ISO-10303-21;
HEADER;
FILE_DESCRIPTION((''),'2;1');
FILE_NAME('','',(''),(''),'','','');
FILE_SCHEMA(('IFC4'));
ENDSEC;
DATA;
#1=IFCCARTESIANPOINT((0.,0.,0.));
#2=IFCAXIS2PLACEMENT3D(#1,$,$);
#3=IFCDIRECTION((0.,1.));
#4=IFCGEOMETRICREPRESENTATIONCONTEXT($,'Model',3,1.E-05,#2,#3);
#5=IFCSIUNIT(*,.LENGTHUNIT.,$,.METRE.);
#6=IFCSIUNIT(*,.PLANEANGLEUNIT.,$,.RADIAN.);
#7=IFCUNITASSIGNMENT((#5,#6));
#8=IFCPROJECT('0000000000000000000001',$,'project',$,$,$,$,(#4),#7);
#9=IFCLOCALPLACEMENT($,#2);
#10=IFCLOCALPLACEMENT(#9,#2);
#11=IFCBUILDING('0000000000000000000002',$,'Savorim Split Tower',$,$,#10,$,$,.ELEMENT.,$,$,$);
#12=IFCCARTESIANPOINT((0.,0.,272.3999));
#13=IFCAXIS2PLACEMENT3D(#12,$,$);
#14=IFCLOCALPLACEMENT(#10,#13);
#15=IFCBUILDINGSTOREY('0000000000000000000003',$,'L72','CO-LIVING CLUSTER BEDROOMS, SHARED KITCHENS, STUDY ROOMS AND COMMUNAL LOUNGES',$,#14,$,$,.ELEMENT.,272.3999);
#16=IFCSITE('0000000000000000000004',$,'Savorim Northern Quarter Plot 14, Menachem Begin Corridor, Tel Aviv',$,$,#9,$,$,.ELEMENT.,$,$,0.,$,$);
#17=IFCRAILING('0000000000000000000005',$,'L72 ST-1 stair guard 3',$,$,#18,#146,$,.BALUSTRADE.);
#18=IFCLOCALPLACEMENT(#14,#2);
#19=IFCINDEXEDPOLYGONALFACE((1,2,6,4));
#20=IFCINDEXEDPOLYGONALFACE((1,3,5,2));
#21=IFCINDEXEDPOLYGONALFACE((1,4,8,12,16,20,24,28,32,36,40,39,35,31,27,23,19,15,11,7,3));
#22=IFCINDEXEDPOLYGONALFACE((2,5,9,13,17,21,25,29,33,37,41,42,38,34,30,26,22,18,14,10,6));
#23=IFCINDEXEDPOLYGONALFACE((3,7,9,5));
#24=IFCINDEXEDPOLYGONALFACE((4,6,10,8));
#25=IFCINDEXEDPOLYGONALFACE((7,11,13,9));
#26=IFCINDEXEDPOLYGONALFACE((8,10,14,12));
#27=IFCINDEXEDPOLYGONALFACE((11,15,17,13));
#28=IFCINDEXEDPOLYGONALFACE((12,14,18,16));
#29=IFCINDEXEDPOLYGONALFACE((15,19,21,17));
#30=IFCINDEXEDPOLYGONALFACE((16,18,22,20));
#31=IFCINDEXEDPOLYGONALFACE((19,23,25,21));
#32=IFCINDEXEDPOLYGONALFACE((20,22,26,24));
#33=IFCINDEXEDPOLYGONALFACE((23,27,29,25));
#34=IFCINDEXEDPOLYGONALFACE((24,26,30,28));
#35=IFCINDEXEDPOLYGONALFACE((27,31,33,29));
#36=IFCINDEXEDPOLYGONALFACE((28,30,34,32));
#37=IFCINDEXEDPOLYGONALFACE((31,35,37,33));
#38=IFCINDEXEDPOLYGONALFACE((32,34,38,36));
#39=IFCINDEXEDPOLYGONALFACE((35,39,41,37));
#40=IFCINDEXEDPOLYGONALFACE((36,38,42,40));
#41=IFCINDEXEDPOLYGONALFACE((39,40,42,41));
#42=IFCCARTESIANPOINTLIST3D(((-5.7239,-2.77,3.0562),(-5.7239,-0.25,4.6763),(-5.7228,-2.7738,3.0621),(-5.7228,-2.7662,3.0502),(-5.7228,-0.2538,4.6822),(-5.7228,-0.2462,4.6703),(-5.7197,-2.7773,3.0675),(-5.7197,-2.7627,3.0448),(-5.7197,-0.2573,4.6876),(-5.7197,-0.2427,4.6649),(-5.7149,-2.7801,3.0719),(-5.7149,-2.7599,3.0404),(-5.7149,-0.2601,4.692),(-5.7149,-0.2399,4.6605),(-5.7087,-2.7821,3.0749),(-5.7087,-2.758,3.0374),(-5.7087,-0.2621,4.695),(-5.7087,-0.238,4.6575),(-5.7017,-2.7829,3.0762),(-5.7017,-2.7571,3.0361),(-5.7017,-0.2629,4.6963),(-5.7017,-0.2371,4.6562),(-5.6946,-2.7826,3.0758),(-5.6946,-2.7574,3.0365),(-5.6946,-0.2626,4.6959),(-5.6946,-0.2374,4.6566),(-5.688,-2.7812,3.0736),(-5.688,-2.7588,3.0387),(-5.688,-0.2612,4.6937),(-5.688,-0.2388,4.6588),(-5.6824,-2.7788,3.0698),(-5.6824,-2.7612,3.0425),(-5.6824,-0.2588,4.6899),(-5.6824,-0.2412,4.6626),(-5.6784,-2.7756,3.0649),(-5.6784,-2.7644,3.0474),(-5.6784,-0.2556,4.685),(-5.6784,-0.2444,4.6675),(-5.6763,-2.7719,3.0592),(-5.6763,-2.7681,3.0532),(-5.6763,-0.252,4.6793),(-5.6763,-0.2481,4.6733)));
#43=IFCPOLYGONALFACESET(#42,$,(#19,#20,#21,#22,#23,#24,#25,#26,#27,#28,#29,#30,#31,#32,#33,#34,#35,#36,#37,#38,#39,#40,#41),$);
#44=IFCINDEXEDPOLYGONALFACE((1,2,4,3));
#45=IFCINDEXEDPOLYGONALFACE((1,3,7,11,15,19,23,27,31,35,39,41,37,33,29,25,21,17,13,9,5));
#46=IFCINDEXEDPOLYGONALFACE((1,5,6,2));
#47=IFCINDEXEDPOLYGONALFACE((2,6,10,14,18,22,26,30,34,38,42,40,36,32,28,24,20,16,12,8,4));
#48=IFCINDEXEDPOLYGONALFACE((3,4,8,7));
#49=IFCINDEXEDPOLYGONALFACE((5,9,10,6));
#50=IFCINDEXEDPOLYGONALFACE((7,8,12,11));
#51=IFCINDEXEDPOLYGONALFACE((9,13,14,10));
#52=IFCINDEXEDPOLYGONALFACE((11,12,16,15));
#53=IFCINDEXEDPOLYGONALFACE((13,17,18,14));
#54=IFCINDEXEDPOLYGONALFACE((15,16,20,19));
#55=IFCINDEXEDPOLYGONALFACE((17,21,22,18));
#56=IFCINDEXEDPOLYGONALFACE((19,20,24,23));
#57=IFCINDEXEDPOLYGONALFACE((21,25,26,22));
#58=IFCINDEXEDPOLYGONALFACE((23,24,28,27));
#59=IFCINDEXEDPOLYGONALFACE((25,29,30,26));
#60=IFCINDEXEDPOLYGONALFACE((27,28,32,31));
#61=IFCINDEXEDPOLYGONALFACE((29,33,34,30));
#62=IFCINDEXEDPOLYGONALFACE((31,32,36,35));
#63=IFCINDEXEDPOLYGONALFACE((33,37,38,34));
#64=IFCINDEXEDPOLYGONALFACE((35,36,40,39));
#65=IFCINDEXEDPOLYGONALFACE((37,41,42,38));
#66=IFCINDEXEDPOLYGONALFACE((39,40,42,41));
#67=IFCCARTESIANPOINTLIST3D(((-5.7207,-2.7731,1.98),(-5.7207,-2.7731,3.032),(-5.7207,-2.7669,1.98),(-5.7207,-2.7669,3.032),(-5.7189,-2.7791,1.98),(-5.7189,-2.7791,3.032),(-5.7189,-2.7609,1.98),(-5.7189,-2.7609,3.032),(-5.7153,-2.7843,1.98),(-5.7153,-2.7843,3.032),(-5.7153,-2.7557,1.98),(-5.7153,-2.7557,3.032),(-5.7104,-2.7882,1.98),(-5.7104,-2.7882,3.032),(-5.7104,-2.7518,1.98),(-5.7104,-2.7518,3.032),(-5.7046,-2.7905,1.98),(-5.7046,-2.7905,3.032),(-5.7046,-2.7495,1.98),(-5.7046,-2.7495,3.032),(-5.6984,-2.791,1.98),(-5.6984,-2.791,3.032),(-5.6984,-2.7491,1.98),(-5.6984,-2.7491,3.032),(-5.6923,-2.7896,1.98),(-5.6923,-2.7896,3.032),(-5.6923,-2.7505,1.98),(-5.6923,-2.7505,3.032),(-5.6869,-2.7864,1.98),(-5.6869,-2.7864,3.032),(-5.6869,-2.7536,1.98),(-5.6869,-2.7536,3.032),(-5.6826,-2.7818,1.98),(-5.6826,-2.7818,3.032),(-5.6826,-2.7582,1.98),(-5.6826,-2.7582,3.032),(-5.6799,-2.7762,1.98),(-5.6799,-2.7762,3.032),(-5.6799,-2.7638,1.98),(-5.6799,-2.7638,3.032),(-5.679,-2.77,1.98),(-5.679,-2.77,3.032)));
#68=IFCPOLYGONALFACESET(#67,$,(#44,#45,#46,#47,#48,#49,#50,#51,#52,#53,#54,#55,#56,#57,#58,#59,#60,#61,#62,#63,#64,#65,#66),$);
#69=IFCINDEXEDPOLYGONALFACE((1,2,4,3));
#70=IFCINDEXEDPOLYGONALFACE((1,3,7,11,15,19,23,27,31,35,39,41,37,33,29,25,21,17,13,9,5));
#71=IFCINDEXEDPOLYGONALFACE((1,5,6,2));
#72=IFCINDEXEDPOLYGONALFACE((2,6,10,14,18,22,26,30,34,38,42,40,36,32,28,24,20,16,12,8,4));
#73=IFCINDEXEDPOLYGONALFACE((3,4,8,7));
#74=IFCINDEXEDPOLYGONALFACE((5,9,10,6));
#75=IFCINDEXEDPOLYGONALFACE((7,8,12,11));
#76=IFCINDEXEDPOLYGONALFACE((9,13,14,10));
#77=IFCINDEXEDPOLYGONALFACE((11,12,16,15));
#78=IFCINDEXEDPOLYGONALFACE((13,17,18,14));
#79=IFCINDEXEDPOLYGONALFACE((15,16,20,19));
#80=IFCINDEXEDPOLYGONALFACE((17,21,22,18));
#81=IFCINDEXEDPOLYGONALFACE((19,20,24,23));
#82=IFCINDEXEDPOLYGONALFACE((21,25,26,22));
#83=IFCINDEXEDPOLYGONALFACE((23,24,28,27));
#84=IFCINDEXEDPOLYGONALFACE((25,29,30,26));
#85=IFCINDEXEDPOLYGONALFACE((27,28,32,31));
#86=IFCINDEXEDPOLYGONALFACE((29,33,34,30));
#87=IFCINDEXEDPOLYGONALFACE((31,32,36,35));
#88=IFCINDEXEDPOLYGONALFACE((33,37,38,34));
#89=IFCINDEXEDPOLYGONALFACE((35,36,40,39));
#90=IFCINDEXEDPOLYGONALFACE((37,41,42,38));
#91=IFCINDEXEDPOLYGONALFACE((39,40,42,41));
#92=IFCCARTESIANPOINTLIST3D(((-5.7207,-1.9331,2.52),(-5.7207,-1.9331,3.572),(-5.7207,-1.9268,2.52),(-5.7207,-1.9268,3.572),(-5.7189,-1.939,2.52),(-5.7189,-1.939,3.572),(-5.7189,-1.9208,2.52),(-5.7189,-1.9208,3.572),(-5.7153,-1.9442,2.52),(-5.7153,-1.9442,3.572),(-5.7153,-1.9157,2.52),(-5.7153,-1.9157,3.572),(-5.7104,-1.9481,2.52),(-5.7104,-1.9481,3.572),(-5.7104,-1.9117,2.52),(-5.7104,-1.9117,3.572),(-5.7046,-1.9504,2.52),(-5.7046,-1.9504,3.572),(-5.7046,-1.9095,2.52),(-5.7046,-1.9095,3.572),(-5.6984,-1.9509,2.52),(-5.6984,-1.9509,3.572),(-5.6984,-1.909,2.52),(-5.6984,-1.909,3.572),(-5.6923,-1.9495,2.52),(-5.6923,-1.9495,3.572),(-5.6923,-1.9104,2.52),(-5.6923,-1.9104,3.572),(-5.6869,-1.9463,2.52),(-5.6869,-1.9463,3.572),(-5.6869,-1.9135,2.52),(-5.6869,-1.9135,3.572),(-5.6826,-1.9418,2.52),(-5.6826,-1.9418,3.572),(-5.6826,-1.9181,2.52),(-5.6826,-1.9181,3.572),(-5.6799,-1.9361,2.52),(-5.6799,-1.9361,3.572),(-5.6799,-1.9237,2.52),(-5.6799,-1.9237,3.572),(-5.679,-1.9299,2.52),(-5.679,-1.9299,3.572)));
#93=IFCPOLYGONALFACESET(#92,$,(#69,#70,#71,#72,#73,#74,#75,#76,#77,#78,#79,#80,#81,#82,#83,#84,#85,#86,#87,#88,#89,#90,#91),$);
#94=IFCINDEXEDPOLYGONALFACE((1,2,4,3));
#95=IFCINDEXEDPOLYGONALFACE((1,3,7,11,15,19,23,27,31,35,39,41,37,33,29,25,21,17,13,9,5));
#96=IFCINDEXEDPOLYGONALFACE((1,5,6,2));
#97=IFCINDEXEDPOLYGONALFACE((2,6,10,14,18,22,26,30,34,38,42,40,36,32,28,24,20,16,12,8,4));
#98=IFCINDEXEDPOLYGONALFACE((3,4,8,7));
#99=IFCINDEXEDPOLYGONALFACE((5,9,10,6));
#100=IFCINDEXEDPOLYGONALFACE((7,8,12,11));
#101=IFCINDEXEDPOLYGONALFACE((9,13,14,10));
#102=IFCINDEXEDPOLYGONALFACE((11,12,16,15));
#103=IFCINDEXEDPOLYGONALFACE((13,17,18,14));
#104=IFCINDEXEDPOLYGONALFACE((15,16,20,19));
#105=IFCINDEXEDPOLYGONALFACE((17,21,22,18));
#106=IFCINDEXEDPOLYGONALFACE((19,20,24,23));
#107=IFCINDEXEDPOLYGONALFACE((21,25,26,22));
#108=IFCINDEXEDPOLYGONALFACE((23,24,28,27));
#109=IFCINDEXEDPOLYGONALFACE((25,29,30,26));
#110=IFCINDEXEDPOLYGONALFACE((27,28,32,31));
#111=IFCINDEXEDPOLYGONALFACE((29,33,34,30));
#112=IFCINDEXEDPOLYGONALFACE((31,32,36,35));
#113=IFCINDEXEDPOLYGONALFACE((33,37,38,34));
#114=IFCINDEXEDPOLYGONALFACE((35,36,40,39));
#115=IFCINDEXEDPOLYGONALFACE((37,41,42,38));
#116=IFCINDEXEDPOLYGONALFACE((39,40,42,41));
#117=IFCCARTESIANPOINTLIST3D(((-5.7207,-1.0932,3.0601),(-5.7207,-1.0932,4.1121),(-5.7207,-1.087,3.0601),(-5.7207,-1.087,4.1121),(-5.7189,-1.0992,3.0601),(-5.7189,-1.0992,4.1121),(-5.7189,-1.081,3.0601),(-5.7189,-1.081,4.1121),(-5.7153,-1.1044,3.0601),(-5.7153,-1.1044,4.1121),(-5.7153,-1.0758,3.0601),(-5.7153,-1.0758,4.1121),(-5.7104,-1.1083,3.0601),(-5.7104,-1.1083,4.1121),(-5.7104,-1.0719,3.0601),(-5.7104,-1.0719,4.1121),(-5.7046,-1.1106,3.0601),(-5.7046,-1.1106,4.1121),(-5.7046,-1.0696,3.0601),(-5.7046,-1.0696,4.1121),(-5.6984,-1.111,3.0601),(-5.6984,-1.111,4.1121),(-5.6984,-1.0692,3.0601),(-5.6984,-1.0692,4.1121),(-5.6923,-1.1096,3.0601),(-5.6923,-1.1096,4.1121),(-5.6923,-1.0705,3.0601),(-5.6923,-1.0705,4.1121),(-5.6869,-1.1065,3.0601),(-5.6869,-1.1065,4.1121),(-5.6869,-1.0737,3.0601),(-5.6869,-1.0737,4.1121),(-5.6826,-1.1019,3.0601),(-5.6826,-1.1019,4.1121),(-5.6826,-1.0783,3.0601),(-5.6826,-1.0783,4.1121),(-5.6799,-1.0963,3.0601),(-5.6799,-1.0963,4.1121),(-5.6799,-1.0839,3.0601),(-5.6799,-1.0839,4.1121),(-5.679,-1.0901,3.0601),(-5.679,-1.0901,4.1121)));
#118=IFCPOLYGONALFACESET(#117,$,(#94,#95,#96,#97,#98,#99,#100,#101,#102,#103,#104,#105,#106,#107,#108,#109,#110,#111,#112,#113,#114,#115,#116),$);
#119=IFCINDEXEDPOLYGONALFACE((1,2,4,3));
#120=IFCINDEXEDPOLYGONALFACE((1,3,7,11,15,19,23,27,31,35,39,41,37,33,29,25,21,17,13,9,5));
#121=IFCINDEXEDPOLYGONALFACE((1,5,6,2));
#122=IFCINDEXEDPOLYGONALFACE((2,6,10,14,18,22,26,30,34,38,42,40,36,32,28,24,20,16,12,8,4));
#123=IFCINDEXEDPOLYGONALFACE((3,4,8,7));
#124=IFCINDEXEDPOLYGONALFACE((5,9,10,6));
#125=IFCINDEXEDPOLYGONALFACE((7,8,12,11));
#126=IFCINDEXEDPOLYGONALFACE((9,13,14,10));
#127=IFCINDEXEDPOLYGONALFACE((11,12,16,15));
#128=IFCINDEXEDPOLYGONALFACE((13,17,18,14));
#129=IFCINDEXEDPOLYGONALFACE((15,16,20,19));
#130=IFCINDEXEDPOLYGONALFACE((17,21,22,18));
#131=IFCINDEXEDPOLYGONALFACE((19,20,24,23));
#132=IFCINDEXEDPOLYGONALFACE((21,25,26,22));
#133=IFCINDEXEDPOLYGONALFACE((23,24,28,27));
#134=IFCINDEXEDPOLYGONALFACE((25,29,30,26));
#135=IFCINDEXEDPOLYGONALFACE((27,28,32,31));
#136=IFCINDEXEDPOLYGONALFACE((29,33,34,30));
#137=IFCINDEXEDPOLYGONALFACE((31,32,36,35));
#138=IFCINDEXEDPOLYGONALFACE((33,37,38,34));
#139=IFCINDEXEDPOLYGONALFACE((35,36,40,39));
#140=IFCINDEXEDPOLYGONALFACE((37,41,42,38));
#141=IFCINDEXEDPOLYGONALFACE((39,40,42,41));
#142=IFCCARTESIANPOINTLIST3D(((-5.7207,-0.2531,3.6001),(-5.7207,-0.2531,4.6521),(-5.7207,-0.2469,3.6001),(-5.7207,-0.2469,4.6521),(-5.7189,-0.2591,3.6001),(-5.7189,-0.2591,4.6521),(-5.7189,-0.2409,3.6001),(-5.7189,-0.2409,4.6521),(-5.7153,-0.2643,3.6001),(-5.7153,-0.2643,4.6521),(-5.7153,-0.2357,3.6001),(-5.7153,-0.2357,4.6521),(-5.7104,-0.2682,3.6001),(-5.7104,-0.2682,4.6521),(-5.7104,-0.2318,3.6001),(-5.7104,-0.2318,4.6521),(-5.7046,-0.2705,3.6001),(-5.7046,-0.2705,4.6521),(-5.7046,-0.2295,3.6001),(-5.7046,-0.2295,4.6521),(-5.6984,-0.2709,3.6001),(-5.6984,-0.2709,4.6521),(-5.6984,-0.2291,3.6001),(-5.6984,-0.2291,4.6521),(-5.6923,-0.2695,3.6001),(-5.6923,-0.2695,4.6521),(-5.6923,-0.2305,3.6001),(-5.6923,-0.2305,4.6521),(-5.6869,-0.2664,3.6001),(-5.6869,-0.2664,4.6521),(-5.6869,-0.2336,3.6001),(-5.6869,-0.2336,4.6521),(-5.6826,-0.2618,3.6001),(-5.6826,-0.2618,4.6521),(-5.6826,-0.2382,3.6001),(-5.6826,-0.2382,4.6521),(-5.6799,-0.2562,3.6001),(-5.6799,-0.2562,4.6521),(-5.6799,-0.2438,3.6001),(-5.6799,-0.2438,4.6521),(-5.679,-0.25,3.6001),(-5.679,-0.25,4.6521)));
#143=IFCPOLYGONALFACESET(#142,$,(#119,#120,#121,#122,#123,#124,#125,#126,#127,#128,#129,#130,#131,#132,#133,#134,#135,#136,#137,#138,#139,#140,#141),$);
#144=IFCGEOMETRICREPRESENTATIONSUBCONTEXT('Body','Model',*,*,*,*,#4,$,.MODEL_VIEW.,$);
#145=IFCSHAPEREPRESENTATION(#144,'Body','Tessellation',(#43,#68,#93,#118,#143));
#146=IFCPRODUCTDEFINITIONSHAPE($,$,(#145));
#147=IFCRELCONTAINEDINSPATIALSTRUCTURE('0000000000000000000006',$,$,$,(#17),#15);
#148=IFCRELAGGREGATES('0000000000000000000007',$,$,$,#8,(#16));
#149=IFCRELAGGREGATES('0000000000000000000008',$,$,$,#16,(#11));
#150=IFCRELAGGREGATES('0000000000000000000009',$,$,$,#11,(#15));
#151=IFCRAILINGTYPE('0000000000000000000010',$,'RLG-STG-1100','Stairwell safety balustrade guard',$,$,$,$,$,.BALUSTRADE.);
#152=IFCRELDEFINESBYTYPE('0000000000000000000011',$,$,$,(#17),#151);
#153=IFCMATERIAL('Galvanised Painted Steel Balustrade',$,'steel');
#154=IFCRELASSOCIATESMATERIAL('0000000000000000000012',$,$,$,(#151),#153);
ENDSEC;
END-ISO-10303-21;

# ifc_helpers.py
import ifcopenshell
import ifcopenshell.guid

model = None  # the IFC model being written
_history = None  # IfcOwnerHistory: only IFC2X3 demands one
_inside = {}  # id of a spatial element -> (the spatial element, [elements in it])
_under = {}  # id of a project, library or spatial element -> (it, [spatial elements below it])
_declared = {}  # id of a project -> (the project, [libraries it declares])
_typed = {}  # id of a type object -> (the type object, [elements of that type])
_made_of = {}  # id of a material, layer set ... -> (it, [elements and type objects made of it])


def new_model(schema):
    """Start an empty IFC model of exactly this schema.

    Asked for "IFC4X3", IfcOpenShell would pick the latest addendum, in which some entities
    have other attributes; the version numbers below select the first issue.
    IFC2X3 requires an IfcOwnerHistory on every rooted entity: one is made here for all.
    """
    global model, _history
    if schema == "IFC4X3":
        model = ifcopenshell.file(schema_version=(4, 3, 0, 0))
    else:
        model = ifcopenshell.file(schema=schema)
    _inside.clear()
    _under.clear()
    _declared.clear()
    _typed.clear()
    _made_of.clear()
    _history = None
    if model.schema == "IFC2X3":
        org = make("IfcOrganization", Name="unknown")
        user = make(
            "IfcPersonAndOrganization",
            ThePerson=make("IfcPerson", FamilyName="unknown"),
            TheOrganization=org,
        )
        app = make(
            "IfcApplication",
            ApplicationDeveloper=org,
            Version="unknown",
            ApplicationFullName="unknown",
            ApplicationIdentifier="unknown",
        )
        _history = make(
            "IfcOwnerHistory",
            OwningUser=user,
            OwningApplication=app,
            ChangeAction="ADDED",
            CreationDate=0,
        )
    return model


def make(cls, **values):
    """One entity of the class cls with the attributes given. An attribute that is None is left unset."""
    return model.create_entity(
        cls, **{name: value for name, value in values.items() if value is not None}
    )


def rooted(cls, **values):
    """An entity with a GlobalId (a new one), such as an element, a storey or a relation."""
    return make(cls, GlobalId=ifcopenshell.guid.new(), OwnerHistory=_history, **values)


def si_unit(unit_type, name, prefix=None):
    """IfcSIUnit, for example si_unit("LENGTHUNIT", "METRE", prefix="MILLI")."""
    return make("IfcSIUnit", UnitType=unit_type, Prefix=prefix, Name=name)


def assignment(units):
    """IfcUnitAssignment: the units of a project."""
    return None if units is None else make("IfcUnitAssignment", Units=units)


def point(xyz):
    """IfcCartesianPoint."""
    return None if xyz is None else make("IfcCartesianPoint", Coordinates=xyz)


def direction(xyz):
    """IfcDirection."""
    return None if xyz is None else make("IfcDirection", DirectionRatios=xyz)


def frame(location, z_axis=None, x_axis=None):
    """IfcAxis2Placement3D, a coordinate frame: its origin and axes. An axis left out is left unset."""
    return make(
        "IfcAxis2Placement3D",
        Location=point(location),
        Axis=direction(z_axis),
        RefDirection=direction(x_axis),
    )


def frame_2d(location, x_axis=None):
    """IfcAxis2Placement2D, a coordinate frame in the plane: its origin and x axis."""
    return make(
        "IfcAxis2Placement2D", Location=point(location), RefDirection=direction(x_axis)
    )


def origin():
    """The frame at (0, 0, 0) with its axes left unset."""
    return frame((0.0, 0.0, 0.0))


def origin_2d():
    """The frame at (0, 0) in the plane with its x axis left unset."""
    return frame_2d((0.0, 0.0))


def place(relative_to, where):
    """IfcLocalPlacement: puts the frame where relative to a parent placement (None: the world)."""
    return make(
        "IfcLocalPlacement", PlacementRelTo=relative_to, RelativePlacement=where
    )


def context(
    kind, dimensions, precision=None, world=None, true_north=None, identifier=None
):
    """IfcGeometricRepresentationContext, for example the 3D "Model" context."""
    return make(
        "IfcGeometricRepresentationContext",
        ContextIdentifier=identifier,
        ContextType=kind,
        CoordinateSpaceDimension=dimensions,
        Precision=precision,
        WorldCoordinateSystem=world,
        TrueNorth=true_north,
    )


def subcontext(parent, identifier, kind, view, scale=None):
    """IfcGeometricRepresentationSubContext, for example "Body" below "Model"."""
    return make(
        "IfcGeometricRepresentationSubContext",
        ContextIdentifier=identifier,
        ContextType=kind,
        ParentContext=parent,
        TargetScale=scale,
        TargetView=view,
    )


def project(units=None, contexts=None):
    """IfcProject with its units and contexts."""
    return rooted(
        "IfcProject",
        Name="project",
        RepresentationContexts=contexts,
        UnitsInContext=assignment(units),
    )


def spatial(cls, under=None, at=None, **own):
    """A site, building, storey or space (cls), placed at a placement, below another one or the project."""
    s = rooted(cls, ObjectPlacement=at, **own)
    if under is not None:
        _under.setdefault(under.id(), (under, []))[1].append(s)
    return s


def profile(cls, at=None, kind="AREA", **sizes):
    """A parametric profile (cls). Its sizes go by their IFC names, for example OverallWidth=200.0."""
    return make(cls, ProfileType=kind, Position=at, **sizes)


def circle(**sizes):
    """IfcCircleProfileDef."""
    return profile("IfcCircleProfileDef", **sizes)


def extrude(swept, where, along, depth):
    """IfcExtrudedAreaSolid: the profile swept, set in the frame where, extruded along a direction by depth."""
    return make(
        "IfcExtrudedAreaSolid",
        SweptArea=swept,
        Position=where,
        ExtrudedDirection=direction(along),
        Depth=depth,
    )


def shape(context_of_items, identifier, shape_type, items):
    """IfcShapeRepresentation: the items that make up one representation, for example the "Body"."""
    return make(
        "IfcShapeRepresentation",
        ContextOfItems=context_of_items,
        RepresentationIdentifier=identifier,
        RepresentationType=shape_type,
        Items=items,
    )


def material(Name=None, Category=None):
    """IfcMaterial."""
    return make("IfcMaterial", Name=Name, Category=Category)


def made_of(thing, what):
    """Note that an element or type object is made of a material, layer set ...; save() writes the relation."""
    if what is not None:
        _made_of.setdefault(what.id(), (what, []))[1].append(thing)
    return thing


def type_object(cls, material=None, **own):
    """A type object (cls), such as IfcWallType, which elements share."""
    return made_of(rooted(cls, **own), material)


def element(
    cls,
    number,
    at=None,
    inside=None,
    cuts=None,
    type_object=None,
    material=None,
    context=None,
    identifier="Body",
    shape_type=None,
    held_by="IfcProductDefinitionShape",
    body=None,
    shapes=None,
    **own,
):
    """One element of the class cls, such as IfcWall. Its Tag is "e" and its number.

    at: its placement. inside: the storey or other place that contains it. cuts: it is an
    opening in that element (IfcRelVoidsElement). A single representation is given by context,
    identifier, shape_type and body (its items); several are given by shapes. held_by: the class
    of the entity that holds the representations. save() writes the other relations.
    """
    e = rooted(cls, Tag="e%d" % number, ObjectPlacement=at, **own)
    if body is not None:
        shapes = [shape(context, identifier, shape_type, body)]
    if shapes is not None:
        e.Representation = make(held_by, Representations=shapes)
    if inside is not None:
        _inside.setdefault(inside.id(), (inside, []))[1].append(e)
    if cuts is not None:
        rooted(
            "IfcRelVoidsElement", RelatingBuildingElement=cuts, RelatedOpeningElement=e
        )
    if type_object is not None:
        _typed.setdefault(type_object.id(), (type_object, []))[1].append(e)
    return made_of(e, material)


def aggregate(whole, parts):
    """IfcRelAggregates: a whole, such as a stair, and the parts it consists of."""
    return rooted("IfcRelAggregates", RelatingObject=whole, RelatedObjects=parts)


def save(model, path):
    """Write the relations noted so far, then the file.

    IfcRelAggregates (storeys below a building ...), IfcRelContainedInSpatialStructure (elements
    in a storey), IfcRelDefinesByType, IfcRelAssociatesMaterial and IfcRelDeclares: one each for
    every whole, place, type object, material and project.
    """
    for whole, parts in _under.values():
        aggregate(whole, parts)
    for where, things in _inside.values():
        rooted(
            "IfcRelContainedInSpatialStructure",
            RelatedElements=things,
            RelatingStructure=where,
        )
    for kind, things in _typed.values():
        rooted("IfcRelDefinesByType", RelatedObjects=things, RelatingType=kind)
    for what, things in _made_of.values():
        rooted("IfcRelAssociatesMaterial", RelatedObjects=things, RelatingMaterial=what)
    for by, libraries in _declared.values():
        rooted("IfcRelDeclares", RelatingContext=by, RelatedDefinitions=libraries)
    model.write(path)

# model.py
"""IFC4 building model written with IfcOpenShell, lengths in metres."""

from ifc_helpers import new_model, si_unit, direction, frame, origin, origin_2d, place, context, subcontext, project, spatial, circle, extrude, material, type_object, element, save


model = new_model("IFC4")

# Units and contexts
model_context = context("Model", 3, precision=1e-05, world=origin(), true_north=direction((0.0, 1.0)))
body_context = subcontext(model_context, "Body", "Model", "MODEL_VIEW")
ifc_project = project(units=[si_unit("LENGTHUNIT", "METRE"), si_unit("PLANEANGLEUNIT", "RADIAN")], contexts=[model_context])

# Site, building, storey
site_placement = place(None, origin())
site = spatial("IfcSite", under=ifc_project, at=site_placement, Name="Savorim Northern Quarter Plot 14, Menachem Begin Corridor, Tel Aviv", CompositionType="ELEMENT", RefElevation=0.0)
building_placement = place(site_placement, origin())
building = spatial("IfcBuilding", under=site, at=building_placement, Name="Savorim Split Tower", CompositionType="ELEMENT")
storey_placement = place(building_placement, frame((0.0, 0.0, 272.3999)))
storey = spatial("IfcBuildingStorey", under=building, at=storey_placement, Name="L72", Description="CO-LIVING CLUSTER BEDROOMS, SHARED KITCHENS, STUDY ROOMS AND COMMUNAL LOUNGES", CompositionType="ELEMENT", Elevation=272.3999)

# Railing
ifc_material_1 = material(Name="Galvanised Painted Steel Balustrade", Category="steel")
railing_type_1 = type_object("IfcRailingType", Name="RLG-STG-1100", Description="Stairwell safety balustrade guard", PredefinedType="BALUSTRADE", material=ifc_material_1)
railing_1_placement = place(storey_placement, frame((-5.7, -2.77, 1.98)))
element("IfcRailing", 1, at=railing_1_placement, inside=storey, type_object=railing_type_1, Name="L72 ST-1 stair guard 3", PredefinedType="BALUSTRADE", context=body_context, shape_type="SweptSolid", body=[
    extrude(circle(Radius=0.0239, at=origin_2d()), frame((0.0, 0.0, 1.0762), z_axis=(0.0, 0.841163, 0.540782), x_axis=(-1.0, 0.0, 0.0)), (0.0, 0.0, 1.0), 2.9958),
    extrude(circle(Radius=0.021, at=origin_2d()), origin(), (0.0, 0.0, 1.0), 1.052),
    extrude(circle(Radius=0.021, at=origin_2d()), frame((0.0, 0.8401, 0.54)), (0.0, 0.0, 1.0), 1.052),
    extrude(circle(Radius=0.021, at=origin_2d()), frame((0.0, 1.6799, 1.0801)), (0.0, 0.0, 1.0), 1.052),
    extrude(circle(Radius=0.021, at=origin_2d()), frame((0.0, 2.52, 1.6201)), (0.0, 0.0, 1.0), 1.052),
])

save(model, "model.ifc")
